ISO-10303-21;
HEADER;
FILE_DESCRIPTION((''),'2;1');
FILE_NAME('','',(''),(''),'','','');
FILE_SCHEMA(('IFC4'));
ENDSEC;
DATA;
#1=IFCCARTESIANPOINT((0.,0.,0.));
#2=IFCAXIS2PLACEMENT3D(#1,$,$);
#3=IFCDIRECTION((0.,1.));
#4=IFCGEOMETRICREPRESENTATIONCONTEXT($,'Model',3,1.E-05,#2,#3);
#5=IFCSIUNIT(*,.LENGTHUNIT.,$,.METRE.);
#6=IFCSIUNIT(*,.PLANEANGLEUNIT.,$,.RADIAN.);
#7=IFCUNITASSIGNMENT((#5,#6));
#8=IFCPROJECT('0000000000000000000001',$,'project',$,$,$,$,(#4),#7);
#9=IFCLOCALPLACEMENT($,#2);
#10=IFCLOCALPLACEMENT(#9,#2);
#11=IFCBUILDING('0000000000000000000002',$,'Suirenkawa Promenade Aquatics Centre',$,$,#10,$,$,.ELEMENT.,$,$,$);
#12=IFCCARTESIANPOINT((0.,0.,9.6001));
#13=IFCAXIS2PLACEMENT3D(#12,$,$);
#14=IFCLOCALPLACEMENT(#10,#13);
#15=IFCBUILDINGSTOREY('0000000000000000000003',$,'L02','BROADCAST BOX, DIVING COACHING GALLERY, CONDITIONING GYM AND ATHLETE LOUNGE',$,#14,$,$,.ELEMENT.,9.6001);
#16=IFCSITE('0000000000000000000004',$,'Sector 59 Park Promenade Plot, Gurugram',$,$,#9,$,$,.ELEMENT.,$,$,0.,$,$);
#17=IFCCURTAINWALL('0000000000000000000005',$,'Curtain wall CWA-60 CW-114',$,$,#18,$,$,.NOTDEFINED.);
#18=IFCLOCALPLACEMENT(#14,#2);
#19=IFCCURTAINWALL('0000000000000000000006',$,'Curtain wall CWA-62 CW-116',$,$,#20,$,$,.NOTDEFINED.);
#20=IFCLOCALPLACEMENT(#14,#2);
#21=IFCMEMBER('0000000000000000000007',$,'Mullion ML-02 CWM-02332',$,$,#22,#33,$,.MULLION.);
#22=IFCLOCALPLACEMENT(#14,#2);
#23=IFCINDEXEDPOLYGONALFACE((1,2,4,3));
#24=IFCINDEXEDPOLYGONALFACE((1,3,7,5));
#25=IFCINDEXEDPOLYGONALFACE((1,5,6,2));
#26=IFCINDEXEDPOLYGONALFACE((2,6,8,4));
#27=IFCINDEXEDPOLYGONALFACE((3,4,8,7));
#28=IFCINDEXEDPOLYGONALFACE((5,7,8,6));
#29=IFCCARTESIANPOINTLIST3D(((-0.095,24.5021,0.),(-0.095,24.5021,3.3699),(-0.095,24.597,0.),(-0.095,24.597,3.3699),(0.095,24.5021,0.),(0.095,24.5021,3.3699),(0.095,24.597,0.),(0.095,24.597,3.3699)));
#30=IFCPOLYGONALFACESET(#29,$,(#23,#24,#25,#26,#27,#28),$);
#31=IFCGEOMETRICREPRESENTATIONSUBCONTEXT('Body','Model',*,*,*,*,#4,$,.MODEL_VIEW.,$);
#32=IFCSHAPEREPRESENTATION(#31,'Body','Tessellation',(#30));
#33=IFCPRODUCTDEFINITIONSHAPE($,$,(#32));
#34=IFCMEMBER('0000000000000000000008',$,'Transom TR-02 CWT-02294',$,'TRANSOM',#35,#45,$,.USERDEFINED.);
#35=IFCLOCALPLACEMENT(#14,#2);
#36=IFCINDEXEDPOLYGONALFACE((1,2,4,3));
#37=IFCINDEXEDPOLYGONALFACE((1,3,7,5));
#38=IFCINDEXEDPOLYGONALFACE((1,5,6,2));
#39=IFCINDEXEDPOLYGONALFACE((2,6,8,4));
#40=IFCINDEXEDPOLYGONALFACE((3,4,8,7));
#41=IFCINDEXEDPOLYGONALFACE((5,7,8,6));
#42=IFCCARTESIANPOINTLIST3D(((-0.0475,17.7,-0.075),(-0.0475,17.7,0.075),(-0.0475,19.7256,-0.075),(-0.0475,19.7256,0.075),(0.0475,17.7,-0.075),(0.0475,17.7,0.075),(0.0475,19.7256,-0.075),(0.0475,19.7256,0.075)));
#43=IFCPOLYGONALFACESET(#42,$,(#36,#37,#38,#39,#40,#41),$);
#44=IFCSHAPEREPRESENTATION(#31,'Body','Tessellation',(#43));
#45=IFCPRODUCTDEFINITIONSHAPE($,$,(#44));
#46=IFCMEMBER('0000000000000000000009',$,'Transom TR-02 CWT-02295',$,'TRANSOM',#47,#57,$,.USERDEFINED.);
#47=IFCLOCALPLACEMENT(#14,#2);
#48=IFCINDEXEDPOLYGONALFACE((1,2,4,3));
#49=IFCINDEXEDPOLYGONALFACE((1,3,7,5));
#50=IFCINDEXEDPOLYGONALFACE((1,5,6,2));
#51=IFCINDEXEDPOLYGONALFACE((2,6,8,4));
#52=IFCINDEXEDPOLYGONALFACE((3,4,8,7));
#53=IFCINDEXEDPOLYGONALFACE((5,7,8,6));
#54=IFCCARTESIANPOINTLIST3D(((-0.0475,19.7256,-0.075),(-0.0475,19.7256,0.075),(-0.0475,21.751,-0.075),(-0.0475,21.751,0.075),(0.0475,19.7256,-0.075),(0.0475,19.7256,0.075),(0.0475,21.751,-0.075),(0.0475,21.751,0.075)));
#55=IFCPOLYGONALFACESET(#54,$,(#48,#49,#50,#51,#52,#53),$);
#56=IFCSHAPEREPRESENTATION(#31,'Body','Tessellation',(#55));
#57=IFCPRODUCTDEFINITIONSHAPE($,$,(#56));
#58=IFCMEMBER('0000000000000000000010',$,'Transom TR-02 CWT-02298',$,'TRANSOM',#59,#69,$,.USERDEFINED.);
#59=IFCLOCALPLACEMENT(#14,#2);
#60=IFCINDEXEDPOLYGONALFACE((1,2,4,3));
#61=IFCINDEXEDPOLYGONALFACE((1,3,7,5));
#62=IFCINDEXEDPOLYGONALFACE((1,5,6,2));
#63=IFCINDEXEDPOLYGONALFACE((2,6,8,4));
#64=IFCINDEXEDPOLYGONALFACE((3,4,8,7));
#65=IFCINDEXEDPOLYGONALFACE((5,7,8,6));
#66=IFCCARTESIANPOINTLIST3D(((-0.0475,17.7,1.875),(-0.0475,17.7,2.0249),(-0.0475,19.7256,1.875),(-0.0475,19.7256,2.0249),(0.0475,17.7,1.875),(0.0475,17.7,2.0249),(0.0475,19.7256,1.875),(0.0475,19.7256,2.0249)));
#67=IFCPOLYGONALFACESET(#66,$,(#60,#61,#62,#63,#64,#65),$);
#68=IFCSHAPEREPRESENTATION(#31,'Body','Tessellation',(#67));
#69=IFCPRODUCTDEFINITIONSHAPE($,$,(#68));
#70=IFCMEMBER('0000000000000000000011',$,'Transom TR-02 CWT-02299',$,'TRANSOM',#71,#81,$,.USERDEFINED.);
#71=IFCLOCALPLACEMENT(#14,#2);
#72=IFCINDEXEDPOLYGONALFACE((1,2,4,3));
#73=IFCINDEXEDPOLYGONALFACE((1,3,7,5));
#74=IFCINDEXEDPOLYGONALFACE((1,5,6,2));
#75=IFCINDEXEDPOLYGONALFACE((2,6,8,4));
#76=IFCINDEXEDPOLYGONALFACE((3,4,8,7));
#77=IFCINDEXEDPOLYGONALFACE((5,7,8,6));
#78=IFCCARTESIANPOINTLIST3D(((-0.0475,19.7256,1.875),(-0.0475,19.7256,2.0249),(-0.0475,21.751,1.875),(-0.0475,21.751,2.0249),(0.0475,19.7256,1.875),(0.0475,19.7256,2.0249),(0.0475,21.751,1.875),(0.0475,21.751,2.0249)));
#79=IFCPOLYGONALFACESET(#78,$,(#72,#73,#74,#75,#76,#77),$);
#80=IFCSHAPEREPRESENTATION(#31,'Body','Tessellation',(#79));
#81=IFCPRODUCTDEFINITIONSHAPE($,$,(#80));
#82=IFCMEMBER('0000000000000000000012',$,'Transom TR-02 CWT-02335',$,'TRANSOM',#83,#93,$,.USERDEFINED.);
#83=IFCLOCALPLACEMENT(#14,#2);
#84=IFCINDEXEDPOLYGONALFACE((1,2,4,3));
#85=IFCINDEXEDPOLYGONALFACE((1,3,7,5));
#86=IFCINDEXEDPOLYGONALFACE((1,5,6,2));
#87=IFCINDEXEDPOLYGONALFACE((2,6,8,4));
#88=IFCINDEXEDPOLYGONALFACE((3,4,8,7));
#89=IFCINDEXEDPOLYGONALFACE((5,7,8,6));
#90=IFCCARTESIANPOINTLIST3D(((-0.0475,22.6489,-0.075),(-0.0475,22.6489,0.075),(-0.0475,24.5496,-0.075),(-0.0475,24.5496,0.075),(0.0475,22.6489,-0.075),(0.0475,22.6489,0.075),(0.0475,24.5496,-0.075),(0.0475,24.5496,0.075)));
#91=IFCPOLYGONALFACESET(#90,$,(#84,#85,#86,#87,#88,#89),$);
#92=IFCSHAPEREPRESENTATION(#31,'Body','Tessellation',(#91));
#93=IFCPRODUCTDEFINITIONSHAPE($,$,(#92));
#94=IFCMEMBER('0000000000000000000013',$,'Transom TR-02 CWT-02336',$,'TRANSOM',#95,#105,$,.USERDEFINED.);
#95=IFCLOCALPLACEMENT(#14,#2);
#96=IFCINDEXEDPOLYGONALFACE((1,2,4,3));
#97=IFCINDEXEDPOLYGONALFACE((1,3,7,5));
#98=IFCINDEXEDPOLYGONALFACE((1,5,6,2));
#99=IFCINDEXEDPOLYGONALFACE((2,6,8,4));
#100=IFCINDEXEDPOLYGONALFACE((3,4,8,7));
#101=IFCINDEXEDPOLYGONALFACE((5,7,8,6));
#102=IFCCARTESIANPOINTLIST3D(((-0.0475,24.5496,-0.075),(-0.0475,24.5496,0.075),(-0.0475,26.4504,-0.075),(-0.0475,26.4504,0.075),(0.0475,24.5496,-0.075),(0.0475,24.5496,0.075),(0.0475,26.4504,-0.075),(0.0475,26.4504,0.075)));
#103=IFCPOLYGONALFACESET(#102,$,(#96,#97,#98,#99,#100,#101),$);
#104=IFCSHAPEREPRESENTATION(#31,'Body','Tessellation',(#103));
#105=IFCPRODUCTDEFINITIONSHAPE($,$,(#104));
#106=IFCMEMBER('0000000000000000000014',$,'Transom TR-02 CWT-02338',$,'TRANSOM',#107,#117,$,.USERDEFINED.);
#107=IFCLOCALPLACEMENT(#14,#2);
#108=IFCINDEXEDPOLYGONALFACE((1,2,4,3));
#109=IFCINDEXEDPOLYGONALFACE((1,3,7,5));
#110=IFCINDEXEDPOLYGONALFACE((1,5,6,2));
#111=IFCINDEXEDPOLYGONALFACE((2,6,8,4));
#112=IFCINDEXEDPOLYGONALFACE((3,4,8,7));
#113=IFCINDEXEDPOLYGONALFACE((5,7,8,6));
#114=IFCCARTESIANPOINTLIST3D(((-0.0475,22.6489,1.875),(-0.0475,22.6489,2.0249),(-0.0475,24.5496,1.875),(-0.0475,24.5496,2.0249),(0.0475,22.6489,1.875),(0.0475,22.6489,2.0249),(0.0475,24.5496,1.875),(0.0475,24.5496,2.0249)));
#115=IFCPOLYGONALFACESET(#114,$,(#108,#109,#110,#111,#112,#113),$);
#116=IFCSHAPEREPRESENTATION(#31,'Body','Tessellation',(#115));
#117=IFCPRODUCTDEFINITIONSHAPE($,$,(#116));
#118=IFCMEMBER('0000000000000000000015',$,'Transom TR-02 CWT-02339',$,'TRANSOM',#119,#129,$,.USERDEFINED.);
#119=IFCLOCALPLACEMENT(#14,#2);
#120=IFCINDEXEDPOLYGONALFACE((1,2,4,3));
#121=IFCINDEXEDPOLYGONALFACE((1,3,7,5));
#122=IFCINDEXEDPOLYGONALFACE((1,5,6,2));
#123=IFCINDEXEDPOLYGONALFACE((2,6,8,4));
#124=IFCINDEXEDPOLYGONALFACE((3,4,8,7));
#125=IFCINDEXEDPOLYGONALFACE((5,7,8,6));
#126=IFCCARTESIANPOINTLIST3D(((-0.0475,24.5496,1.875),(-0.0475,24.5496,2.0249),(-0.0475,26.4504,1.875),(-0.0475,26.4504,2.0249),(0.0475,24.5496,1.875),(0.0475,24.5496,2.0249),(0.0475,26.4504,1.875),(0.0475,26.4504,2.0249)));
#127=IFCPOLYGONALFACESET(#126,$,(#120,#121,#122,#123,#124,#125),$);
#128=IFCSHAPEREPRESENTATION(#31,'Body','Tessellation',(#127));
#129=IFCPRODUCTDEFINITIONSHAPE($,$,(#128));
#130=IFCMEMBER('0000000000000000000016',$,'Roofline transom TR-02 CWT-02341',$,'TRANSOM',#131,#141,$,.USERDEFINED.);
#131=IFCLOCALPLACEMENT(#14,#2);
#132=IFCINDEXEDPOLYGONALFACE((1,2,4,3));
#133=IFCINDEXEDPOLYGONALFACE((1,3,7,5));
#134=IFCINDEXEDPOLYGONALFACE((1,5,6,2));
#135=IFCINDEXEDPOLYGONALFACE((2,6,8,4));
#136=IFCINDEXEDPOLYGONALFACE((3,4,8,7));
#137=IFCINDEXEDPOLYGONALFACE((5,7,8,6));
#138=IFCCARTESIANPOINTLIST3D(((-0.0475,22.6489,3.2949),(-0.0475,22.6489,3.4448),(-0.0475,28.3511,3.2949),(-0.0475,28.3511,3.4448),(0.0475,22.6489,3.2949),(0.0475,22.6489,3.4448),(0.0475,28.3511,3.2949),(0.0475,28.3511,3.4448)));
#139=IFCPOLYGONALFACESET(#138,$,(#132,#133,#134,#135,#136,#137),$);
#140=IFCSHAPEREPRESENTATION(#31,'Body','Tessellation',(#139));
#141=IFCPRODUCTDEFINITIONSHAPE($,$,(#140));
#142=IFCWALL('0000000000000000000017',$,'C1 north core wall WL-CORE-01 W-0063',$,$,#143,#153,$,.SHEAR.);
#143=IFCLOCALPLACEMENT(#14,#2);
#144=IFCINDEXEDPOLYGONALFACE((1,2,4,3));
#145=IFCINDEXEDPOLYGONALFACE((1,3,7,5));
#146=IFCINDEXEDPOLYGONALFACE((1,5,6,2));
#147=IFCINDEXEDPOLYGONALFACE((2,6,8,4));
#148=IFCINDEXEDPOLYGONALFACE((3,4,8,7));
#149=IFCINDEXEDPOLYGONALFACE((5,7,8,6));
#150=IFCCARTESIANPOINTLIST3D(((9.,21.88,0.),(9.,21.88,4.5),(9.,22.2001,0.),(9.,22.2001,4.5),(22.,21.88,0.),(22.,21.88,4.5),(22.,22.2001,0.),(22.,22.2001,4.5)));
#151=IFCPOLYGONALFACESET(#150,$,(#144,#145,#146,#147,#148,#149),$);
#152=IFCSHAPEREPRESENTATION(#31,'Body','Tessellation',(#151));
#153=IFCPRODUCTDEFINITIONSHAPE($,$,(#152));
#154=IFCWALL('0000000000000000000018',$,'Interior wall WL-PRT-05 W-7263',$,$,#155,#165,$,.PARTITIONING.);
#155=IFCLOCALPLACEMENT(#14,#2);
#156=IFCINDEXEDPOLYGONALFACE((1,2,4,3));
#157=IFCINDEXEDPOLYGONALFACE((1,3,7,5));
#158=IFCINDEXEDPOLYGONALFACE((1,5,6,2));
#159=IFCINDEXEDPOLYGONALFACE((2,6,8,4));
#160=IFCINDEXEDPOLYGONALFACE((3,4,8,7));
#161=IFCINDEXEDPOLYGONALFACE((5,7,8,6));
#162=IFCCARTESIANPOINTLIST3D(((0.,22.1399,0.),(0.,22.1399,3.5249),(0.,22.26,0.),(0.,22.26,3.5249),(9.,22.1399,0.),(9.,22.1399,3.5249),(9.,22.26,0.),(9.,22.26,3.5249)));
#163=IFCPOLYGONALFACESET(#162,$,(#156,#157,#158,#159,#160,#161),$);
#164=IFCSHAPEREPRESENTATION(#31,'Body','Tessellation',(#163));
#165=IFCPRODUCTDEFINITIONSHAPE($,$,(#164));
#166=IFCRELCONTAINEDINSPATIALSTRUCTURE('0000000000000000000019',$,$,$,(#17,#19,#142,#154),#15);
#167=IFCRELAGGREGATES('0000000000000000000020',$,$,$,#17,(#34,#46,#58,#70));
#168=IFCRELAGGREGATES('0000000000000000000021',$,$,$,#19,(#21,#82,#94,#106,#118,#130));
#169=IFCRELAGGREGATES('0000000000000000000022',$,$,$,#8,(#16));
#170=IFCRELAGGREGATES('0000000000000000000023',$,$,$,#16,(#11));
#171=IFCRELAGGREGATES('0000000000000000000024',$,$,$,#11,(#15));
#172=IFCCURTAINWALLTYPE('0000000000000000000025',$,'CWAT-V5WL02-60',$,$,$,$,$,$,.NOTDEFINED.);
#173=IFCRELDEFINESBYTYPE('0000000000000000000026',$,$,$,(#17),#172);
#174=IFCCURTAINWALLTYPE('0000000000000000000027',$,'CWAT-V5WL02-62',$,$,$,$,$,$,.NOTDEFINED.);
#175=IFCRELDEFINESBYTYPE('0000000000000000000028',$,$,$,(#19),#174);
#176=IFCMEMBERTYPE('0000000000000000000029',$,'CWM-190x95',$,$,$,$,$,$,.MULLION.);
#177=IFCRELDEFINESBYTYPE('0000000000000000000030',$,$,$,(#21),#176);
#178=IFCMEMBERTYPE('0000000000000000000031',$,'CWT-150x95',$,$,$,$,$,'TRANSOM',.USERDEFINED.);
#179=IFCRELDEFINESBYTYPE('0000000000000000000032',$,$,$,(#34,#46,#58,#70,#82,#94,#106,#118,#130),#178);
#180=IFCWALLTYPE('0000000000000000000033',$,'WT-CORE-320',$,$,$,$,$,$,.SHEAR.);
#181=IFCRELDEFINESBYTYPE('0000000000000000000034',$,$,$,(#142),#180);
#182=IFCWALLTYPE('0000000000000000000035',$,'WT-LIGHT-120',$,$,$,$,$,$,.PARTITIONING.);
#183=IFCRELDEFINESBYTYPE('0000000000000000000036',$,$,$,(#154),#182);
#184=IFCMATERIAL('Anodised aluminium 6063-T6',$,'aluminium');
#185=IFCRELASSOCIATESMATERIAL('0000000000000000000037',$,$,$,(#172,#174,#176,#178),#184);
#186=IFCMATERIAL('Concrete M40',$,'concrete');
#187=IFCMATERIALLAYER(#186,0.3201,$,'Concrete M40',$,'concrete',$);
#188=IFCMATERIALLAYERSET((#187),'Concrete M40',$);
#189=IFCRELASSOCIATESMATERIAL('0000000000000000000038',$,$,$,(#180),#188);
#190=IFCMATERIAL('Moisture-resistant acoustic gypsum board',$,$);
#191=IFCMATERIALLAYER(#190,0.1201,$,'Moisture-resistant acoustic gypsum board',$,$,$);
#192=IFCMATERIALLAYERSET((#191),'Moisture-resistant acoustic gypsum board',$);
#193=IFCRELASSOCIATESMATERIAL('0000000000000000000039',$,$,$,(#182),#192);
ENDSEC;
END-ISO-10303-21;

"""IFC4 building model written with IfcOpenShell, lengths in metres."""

from ifc_helpers import new_model, si_unit, direction, frame, frame_2d, origin, origin_2d, place, context, subcontext, project, spatial, rectangle, extrude, material, layer, layer_set, material_profile, profile_set, type_object, element, aggregate, save


model = new_model("IFC4")

# Units and contexts
model_context = context("Model", 3, precision=1e-05, world=origin(), true_north=direction((0.0, 1.0)))
body_context = subcontext(model_context, "Body", "Model", "MODEL_VIEW")
ifc_project = project(units=[si_unit("LENGTHUNIT", "METRE"), si_unit("PLANEANGLEUNIT", "RADIAN")], contexts=[model_context])

# Site, building, storey
site_placement = place(None, origin())
site = spatial("IfcSite", under=ifc_project, at=site_placement, Name="Sector 59 Park Promenade Plot, Gurugram", CompositionType="ELEMENT", RefElevation=0.0)
building_placement = place(site_placement, origin())
building = spatial("IfcBuilding", under=site, at=building_placement, Name="Suirenkawa Promenade Aquatics Centre", CompositionType="ELEMENT")
storey_placement = place(building_placement, frame((0.0, 0.0, 9.6001)))
storey = spatial("IfcBuildingStorey", under=building, at=storey_placement, Name="L02", Description="BROADCAST BOX, DIVING COACHING GALLERY, CONDITIONING GYM AND ATHLETE LOUNGE", CompositionType="ELEMENT", Elevation=9.6001)

# Shared definitions
ifc_material_1 = material(Name="Concrete M40", Category="concrete")

# Curtain walls, member
ifc_material_2 = material(Name="Anodised aluminium 6063-T6", Category="aluminium")
curtain_wall_type_1 = type_object("IfcCurtainWallType", Name="CWAT-V5WL02-60", PredefinedType="NOTDEFINED", material=ifc_material_2)
curtain_wall_1_placement = place(storey_placement, origin())
curtain_wall_1 = element("IfcCurtainWall", 1, at=curtain_wall_1_placement, inside=storey, type_object=curtain_wall_type_1, Name="Curtain wall CWA-60 CW-114", PredefinedType="NOTDEFINED")
ifc_material_profile_1 = material_profile(ifc_material_2, rectangle(XDim=0.095, YDim=0.1899, at=origin_2d()), Name="ALU MULL 95x190", Category="aluminium")
ifc_profile_set_1 = profile_set([ifc_material_profile_1], Name="Anodised aluminium 6063-T6")
member_type_1 = type_object("IfcMemberType", Name="CWM-190x95", PredefinedType="MULLION", material=ifc_profile_set_1)
curtain_wall_type_2 = type_object("IfcCurtainWallType", Name="CWAT-V5WL02-62", PredefinedType="NOTDEFINED", material=ifc_material_2)
curtain_wall_2_placement = place(storey_placement, origin())
curtain_wall_2 = element("IfcCurtainWall", 2, at=curtain_wall_2_placement, inside=storey, type_object=curtain_wall_type_2, Name="Curtain wall CWA-62 CW-116", PredefinedType="NOTDEFINED")
member_1_placement = place(storey_placement, frame((0.0, 24.5496, 0.0), z_axis=(0.0, 0.0, 1.0), x_axis=(0.0, 1.0, 0.0)))
member_1 = element("IfcMember", 3, at=member_1_placement, type_object=member_type_1, Name="Mullion ML-02 CWM-02332", PredefinedType="MULLION", context=body_context, shape_type="SweptSolid", body=[
    extrude(rectangle(XDim=0.095, YDim=0.1899, at=origin_2d()), origin(), (0.0, 0.0, 1.0), 3.3699),
])

# Members
ifc_material_profile_2 = material_profile(ifc_material_2, rectangle(XDim=0.095, YDim=0.1499, at=origin_2d()), Name="ALU TRAN 95x150", Category="aluminium")
ifc_profile_set_2 = profile_set([ifc_material_profile_2], Name="Anodised aluminium 6063-T6")
member_type_2 = type_object("IfcMemberType", Name="CWT-150x95", ElementType="TRANSOM", PredefinedType="USERDEFINED", material=ifc_profile_set_2)
member_2_placement = place(storey_placement, frame((0.0, 17.7, 0.0), z_axis=(0.0, 1.0, 0.0), x_axis=(-1.0, 0.0, 0.0)))
member_2 = element("IfcMember", 4, at=member_2_placement, type_object=member_type_2, Name="Transom TR-02 CWT-02294", ObjectType="TRANSOM", PredefinedType="USERDEFINED", context=body_context, shape_type="SweptSolid", body=[
    extrude(rectangle(XDim=0.095, YDim=0.1499, at=origin_2d()), origin(), (0.0, 0.0, 1.0), 2.0256),
])
member_3_placement = place(storey_placement, frame((0.0, 19.7256, 0.0), z_axis=(0.0, 1.0, 0.0), x_axis=(-1.0, 0.0, 0.0)))
member_3 = element("IfcMember", 5, at=member_3_placement, type_object=member_type_2, Name="Transom TR-02 CWT-02295", ObjectType="TRANSOM", PredefinedType="USERDEFINED", context=body_context, shape_type="SweptSolid", body=[
    extrude(rectangle(XDim=0.095, YDim=0.1499, at=origin_2d()), origin(), (0.0, 0.0, 1.0), 2.0254),
])
member_4_placement = place(storey_placement, frame((0.0, 17.7, 1.95), z_axis=(0.0, 1.0, 0.0), x_axis=(-1.0, 0.0, 0.0)))
member_4 = element("IfcMember", 6, at=member_4_placement, type_object=member_type_2, Name="Transom TR-02 CWT-02298", ObjectType="TRANSOM", PredefinedType="USERDEFINED", context=body_context, shape_type="SweptSolid", body=[
    extrude(rectangle(XDim=0.095, YDim=0.1499, at=origin_2d()), origin(), (0.0, 0.0, 1.0), 2.0256),
])
member_5_placement = place(storey_placement, frame((0.0, 19.7256, 1.95), z_axis=(0.0, 1.0, 0.0), x_axis=(-1.0, 0.0, 0.0)))
member_5 = element("IfcMember", 7, at=member_5_placement, type_object=member_type_2, Name="Transom TR-02 CWT-02299", ObjectType="TRANSOM", PredefinedType="USERDEFINED", context=body_context, shape_type="SweptSolid", body=[
    extrude(rectangle(XDim=0.095, YDim=0.1499, at=origin_2d()), origin(), (0.0, 0.0, 1.0), 2.0254),
])
member_6_placement = place(storey_placement, frame((0.0, 22.6489, 0.0), z_axis=(0.0, 1.0, 0.0), x_axis=(-1.0, 0.0, 0.0)))
member_6 = element("IfcMember", 8, at=member_6_placement, type_object=member_type_2, Name="Transom TR-02 CWT-02335", ObjectType="TRANSOM", PredefinedType="USERDEFINED", context=body_context, shape_type="SweptSolid", body=[
    extrude(rectangle(XDim=0.095, YDim=0.1499, at=origin_2d()), origin(), (0.0, 0.0, 1.0), 1.9006),
])
member_7_placement = place(storey_placement, frame((0.0, 24.5496, 0.0), z_axis=(0.0, 1.0, 0.0), x_axis=(-1.0, 0.0, 0.0)))
member_7 = element("IfcMember", 9, at=member_7_placement, type_object=member_type_2, Name="Transom TR-02 CWT-02336", ObjectType="TRANSOM", PredefinedType="USERDEFINED", context=body_context, shape_type="SweptSolid", body=[
    extrude(rectangle(XDim=0.095, YDim=0.1499, at=origin_2d()), origin(), (0.0, 0.0, 1.0), 1.9009),
])
member_8_placement = place(storey_placement, frame((0.0, 22.6489, 1.95), z_axis=(0.0, 1.0, 0.0), x_axis=(-1.0, 0.0, 0.0)))
member_8 = element("IfcMember", 10, at=member_8_placement, type_object=member_type_2, Name="Transom TR-02 CWT-02338", ObjectType="TRANSOM", PredefinedType="USERDEFINED", context=body_context, shape_type="SweptSolid", body=[
    extrude(rectangle(XDim=0.095, YDim=0.1499, at=origin_2d()), origin(), (0.0, 0.0, 1.0), 1.9006),
])
member_9_placement = place(storey_placement, frame((0.0, 24.5496, 1.95), z_axis=(0.0, 1.0, 0.0), x_axis=(-1.0, 0.0, 0.0)))
member_9 = element("IfcMember", 11, at=member_9_placement, type_object=member_type_2, Name="Transom TR-02 CWT-02339", ObjectType="TRANSOM", PredefinedType="USERDEFINED", context=body_context, shape_type="SweptSolid", body=[
    extrude(rectangle(XDim=0.095, YDim=0.1499, at=origin_2d()), origin(), (0.0, 0.0, 1.0), 1.9009),
])
member_10_placement = place(storey_placement, frame((0.0, 22.6489, 3.3699), z_axis=(0.0, 1.0, 0.0), x_axis=(-1.0, 0.0, 0.0)))
member_10 = element("IfcMember", 12, at=member_10_placement, type_object=member_type_2, Name="Roofline transom TR-02 CWT-02341", ObjectType="TRANSOM", PredefinedType="USERDEFINED", context=body_context, shape_type="SweptSolid", body=[
    extrude(rectangle(XDim=0.095, YDim=0.1499, at=origin_2d()), origin(), (0.0, 0.0, 1.0), 5.7021),
])

aggregate(curtain_wall_1, [member_2, member_3, member_4, member_5])
aggregate(curtain_wall_2, [member_1, member_6, member_7, member_8, member_9, member_10])

# Walls
ifc_layer_1 = layer(ifc_material_1, 0.3201, Name="Concrete M40", Category="concrete")
ifc_layer_set_1 = layer_set([ifc_layer_1], Name="Concrete M40")
wall_type_1 = type_object("IfcWallType", Name="WT-CORE-320", PredefinedType="SHEAR", material=ifc_layer_set_1)
wall_1_placement = place(storey_placement, frame((9.0, 22.04, 0.0), z_axis=(0.0, 0.0, 1.0), x_axis=(1.0, 0.0, 0.0)))
element("IfcWall", 13, at=wall_1_placement, inside=storey, type_object=wall_type_1, Name="C1 north core wall WL-CORE-01 W-0063", PredefinedType="SHEAR", context=body_context, shape_type="SweptSolid", body=[
    extrude(rectangle(XDim=13.0, YDim=0.3201, at=frame_2d((6.5, 0.0))), origin(), (0.0, 0.0, 1.0), 4.5),
])
ifc_material_3 = material(Name="Moisture-resistant acoustic gypsum board")
ifc_layer_2 = layer(ifc_material_3, 0.1201, Name="Moisture-resistant acoustic gypsum board")
ifc_layer_set_2 = layer_set([ifc_layer_2], Name="Moisture-resistant acoustic gypsum board")
wall_type_2 = type_object("IfcWallType", Name="WT-LIGHT-120", PredefinedType="PARTITIONING", material=ifc_layer_set_2)
wall_2_placement = place(storey_placement, frame((0.0, 22.2, 0.0), z_axis=(0.0, 0.0, 1.0), x_axis=(1.0, 0.0, 0.0)))
element("IfcWall", 14, at=wall_2_placement, inside=storey, type_object=wall_type_2, Name="Interior wall WL-PRT-05 W-7263", PredefinedType="PARTITIONING", context=body_context, shape_type="SweptSolid", body=[
    extrude(rectangle(XDim=9.0, YDim=0.1201, at=frame_2d((4.5, 0.0))), origin(), (0.0, 0.0, 1.0), 3.5249),
])

save(model, "model.ifc")
